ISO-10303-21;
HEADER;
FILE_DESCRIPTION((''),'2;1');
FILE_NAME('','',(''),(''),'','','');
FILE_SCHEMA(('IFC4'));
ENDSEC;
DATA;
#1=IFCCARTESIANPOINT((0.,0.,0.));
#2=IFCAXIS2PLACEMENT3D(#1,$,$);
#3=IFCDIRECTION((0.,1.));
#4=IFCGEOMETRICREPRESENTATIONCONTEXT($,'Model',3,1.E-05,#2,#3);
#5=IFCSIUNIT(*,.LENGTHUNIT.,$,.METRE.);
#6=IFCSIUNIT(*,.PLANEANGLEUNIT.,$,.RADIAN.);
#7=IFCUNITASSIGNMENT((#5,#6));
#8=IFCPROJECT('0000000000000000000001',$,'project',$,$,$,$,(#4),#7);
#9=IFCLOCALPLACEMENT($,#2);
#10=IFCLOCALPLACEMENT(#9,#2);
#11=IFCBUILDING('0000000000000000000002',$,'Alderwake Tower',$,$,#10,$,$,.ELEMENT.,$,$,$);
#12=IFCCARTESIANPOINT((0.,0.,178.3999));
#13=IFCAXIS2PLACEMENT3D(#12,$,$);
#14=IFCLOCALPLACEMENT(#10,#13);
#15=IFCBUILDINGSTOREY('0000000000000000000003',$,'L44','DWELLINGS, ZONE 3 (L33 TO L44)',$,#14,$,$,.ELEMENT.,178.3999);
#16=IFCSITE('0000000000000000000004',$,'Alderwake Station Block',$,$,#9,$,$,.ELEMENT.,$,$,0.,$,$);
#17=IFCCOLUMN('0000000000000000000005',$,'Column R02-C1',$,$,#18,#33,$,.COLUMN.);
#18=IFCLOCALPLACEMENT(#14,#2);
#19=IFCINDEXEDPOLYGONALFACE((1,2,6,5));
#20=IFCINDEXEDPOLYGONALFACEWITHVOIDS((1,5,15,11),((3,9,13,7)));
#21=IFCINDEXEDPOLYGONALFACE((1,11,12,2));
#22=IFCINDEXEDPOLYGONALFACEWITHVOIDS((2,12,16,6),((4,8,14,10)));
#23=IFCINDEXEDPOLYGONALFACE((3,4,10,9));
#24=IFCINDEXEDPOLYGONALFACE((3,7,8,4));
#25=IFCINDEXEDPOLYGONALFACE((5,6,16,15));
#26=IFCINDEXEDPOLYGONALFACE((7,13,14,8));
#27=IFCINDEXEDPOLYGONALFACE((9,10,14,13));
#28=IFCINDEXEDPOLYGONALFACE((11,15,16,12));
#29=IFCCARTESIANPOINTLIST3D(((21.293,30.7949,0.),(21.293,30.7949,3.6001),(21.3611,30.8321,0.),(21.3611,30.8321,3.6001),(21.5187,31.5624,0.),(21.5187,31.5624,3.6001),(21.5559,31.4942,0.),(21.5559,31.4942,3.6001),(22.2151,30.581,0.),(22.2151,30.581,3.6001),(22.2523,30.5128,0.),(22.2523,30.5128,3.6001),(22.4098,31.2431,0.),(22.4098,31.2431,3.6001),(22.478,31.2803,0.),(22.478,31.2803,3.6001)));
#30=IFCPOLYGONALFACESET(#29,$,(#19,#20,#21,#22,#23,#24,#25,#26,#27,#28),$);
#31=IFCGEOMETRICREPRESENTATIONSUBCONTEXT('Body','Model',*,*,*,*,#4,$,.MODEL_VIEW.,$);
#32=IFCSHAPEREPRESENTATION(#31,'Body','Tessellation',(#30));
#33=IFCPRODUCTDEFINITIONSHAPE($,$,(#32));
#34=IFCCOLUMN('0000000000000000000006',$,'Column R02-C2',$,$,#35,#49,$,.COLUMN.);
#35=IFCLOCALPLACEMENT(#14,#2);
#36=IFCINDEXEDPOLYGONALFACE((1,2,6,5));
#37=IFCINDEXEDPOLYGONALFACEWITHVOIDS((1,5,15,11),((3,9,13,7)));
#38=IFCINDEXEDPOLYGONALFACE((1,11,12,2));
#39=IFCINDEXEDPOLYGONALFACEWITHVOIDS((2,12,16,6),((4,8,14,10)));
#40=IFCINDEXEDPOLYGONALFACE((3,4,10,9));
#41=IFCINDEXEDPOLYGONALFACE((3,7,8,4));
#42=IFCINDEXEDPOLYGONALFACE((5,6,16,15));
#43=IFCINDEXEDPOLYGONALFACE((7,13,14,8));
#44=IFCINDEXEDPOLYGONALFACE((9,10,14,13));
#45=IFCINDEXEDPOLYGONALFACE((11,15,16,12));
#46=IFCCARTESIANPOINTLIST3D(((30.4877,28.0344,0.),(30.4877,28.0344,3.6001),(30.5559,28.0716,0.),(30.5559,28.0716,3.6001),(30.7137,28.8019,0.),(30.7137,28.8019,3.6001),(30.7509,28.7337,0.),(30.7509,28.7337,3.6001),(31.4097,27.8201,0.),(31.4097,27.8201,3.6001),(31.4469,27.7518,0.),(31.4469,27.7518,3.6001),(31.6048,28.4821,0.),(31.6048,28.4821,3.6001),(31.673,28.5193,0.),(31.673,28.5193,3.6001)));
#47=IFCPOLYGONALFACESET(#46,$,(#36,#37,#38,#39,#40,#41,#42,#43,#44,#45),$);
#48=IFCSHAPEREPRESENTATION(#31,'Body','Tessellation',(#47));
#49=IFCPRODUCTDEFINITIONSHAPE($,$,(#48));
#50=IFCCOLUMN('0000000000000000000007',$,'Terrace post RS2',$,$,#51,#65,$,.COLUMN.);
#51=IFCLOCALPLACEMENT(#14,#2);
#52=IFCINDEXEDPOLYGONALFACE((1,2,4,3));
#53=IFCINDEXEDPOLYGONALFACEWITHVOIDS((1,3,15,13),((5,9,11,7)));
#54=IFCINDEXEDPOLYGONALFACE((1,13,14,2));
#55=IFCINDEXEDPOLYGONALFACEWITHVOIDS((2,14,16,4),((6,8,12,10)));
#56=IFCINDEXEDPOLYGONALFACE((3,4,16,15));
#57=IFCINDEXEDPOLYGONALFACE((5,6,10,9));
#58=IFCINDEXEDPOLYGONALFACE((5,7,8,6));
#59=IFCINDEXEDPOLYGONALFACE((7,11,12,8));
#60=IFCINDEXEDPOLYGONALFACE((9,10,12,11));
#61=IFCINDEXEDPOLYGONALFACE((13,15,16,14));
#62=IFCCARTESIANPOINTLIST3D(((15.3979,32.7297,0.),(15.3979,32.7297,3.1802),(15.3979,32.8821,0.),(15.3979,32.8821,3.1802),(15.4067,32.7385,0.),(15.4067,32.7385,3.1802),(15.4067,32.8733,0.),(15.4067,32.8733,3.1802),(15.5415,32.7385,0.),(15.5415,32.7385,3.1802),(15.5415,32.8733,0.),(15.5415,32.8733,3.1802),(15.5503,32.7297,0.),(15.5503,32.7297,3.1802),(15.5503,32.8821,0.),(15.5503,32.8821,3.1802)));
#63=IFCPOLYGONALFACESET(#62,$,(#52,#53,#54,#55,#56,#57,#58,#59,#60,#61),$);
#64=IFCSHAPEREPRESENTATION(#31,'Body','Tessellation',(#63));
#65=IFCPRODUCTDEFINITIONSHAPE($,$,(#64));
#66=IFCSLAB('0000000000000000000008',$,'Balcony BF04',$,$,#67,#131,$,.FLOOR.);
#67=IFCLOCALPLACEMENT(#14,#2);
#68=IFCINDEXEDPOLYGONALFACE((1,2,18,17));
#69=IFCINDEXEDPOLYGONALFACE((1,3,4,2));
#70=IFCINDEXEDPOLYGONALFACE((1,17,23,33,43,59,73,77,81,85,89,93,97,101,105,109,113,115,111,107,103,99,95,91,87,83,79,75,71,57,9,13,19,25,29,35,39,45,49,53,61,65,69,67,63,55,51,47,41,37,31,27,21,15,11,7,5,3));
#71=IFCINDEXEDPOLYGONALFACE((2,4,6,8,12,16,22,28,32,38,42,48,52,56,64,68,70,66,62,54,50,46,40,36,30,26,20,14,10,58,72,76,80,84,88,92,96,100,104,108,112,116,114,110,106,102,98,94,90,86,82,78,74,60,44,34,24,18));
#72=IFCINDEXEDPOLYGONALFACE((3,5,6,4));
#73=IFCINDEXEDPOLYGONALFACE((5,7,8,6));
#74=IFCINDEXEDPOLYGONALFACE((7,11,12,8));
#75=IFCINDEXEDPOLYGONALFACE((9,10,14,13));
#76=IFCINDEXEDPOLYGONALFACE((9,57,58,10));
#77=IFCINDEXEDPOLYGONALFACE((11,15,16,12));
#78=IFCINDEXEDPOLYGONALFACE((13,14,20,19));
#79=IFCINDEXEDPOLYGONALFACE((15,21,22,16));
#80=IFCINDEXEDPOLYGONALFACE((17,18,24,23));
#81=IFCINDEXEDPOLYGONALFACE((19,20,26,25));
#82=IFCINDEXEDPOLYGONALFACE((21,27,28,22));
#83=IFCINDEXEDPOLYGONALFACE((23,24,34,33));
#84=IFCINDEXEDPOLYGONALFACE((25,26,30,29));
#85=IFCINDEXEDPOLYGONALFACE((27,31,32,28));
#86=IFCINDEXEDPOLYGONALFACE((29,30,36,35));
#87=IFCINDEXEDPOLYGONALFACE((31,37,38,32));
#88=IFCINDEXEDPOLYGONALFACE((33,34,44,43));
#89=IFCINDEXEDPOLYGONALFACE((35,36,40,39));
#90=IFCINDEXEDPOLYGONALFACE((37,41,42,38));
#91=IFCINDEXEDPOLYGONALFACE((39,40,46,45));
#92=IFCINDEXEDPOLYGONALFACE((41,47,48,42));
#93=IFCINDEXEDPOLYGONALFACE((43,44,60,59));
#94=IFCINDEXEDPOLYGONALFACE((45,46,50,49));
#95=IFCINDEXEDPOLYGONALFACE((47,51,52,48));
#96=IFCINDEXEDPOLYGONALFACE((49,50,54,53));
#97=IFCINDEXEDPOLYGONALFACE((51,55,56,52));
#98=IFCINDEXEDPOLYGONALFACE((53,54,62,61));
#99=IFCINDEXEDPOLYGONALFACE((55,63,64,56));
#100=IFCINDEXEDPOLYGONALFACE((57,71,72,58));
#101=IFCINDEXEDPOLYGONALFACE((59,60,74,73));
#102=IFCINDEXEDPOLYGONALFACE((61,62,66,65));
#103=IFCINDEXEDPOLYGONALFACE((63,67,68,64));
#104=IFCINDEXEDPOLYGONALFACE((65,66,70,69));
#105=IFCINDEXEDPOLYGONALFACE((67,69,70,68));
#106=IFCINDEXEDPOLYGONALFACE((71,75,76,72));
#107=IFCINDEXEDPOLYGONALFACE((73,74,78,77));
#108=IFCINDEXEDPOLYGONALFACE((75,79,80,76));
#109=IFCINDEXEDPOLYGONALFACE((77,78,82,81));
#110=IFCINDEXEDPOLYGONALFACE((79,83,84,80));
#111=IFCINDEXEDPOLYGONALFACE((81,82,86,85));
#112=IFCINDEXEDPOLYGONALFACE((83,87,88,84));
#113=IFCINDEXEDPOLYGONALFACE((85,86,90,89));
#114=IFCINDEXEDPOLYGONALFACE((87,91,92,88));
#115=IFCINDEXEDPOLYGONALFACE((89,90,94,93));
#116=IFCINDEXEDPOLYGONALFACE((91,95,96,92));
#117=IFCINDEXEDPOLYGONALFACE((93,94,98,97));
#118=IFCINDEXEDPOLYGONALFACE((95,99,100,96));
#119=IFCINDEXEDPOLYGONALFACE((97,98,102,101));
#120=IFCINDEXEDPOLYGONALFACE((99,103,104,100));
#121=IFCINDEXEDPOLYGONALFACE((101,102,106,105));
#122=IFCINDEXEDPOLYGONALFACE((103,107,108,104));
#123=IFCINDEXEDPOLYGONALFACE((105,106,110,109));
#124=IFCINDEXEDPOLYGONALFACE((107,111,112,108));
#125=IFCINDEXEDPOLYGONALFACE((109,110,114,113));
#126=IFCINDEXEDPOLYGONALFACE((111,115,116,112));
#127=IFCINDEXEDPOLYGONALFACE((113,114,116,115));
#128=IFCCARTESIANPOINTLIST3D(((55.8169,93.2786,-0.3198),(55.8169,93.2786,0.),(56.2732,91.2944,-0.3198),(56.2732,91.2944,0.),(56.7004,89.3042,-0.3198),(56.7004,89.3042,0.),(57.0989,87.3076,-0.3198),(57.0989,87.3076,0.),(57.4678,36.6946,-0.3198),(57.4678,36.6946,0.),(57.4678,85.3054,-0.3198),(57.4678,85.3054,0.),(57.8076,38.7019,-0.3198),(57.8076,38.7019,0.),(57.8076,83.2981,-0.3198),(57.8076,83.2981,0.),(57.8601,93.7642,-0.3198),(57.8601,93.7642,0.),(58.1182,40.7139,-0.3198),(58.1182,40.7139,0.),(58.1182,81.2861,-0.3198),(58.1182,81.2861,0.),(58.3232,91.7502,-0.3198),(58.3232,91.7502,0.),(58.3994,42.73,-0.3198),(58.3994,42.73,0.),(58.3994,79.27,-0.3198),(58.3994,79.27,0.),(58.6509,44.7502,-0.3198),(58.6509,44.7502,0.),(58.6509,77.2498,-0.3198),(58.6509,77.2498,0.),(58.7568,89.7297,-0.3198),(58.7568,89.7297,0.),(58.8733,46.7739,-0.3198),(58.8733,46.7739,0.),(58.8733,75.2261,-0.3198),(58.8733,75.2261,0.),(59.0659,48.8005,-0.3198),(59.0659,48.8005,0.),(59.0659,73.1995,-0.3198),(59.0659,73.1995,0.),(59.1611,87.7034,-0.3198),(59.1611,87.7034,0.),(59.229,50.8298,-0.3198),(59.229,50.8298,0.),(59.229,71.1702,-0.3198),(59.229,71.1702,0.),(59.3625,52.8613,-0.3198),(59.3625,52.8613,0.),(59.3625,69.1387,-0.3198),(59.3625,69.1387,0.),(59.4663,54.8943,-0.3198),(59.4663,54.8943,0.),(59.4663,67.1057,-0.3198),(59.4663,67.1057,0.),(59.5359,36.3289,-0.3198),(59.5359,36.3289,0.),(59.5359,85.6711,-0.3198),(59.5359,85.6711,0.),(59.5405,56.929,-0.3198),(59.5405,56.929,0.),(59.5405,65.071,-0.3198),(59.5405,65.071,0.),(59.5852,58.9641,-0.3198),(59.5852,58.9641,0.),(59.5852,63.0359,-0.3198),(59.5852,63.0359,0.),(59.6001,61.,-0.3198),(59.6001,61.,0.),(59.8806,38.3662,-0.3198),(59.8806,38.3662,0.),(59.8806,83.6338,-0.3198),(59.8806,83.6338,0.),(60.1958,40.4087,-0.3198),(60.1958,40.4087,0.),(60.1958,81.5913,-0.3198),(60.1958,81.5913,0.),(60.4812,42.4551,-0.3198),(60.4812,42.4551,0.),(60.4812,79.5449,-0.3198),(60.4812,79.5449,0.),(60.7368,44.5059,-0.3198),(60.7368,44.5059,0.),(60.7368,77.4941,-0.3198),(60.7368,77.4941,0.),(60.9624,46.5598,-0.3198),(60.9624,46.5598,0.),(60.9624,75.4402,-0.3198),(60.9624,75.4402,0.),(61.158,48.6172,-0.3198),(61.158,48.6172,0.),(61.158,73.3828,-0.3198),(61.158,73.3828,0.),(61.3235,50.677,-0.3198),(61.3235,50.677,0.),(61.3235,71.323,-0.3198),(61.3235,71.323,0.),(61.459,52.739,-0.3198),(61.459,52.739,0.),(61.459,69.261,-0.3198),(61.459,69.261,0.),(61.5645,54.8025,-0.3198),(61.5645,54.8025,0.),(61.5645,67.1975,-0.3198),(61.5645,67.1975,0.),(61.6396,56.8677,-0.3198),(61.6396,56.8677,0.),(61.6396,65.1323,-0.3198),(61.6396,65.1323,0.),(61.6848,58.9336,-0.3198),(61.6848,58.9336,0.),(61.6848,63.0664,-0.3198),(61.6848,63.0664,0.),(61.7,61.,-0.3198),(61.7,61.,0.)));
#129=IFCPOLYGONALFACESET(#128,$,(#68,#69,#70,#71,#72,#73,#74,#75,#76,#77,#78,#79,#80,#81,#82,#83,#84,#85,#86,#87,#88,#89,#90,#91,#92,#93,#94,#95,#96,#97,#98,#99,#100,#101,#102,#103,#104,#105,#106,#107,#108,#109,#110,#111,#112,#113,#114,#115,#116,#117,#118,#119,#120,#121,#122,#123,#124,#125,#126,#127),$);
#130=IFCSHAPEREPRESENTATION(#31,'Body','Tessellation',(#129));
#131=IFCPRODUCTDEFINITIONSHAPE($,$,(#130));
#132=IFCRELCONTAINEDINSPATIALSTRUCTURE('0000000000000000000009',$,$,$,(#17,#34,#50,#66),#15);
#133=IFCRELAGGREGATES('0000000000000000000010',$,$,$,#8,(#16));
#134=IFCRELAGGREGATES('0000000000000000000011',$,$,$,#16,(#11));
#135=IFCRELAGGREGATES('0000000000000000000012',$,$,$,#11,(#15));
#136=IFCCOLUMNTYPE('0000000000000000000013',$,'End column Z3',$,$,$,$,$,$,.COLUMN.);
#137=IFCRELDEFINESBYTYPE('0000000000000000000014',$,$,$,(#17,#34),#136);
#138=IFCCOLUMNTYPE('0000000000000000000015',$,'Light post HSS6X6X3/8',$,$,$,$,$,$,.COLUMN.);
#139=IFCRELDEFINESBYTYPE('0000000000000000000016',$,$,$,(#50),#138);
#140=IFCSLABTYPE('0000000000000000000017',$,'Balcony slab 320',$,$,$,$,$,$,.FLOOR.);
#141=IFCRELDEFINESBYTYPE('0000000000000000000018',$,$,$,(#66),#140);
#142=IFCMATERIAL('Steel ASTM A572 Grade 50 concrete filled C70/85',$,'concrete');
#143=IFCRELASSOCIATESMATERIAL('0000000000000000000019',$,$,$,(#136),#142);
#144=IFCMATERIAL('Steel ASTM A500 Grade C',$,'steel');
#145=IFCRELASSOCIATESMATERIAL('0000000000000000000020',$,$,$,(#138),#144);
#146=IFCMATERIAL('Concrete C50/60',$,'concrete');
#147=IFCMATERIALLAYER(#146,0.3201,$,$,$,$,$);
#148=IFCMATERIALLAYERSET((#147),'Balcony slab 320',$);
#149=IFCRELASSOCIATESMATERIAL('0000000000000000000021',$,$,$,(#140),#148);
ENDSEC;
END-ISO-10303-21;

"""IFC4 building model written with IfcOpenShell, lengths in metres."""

from ifc_helpers import new_model, si_unit, direction, frame, origin, origin_2d, place, context, subcontext, project, spatial, polyline, hollow_rectangle, outline, extrude, material, layer, layer_set, material_profile, profile_set, type_object, element, save


model = new_model("IFC4")

# Units and contexts
model_context = context("Model", 3, precision=1e-05, world=origin(), true_north=direction((0.0, 1.0)))
body_context = subcontext(model_context, "Body", "Model", "MODEL_VIEW")
ifc_project = project(units=[si_unit("LENGTHUNIT", "METRE"), si_unit("PLANEANGLEUNIT", "RADIAN")], contexts=[model_context])

# Site, building, storey
site_placement = place(None, origin())
site = spatial("IfcSite", under=ifc_project, at=site_placement, Name="Alderwake Station Block", CompositionType="ELEMENT", RefElevation=0.0)
building_placement = place(site_placement, origin())
building = spatial("IfcBuilding", under=site, at=building_placement, Name="Alderwake Tower", CompositionType="ELEMENT")
storey_placement = place(building_placement, frame((0.0, 0.0, 178.3999)))
storey = spatial("IfcBuildingStorey", under=building, at=storey_placement, Name="L44", Description="DWELLINGS, ZONE 3 (L33 TO L44)", CompositionType="ELEMENT", Elevation=178.3999)

# Columns
ifc_material_1 = material(Name="Steel ASTM A572 Grade 50 concrete filled C70/85", Category="concrete")
ifc_material_profile_1 = material_profile(ifc_material_1, hollow_rectangle(XDim=0.8, YDim=1.0, WallThickness=0.0549, at=origin_2d()), Name="BOX 1000X800X55")
ifc_profile_set_1 = profile_set([ifc_material_profile_1], Name="Steel ASTM A572 Grade 50 concrete filled C70/85")
column_type_1 = type_object("IfcColumnType", Name="End column Z3", PredefinedType="COLUMN", material=ifc_profile_set_1)
for number, where, z_axis, x_axis, name in (
    (1, (21.8855, 31.0376, 0.0), (0.0, 0.0, 1.0), (0.282132, 0.959376, 0.0), "Column R02-C1"),
    (2, (31.0803, 28.2769, 0.0), (0.0, 0.0, 1.0), (0.282583, 0.959243, 0.0), "Column R02-C2"),
):
    element("IfcColumn", number, at=place(storey_placement, frame(where, z_axis=z_axis, x_axis=x_axis)), inside=storey, type_object=column_type_1, Name=name, PredefinedType="COLUMN", context=body_context, shape_type="SweptSolid", body=[
        extrude(hollow_rectangle(XDim=0.8, YDim=1.0, WallThickness=0.0549, at=origin_2d()), origin(), (0.0, 0.0, 1.0), 3.6001),
    ])
ifc_material_2 = material(Name="Steel ASTM A500 Grade C", Category="steel")
ifc_material_profile_2 = material_profile(ifc_material_2, hollow_rectangle(XDim=0.1523, YDim=0.1523, WallThickness=0.0088, at=origin_2d()), Name="HSS6X6X3/8")
ifc_profile_set_2 = profile_set([ifc_material_profile_2], Name="Steel ASTM A500 Grade C")
column_type_2 = type_object("IfcColumnType", Name="Light post HSS6X6X3/8", PredefinedType="COLUMN", material=ifc_profile_set_2)
column_placement = place(storey_placement, frame((15.4741, 32.8059, 0.0), z_axis=(0.0, 0.0, 1.0), x_axis=(1.0, 0.0, 0.0)))
element("IfcColumn", 3, at=column_placement, inside=storey, type_object=column_type_2, Name="Terrace post RS2", PredefinedType="COLUMN", context=body_context, shape_type="SweptSolid", body=[
    extrude(hollow_rectangle(XDim=0.1523, YDim=0.1523, WallThickness=0.0088, at=origin_2d()), origin(), (0.0, 0.0, 1.0), 3.1802),
])

# Slab
ifc_material_3 = material(Name="Concrete C50/60", Category="concrete")
ifc_layer_1 = layer(ifc_material_3, 0.3201)
ifc_layer_set_1 = layer_set([ifc_layer_1], Name="Balcony slab 320")
slab_type_1 = type_object("IfcSlabType", Name="Balcony slab 320", PredefinedType="FLOOR", material=ifc_layer_set_1)
slab_1_placement = place(storey_placement, frame((0.0, 0.0, -0.3198)))
element("IfcSlab", 4, at=slab_1_placement, inside=storey, type_object=slab_type_1, Name="Balcony BF04", PredefinedType="FLOOR", context=body_context, shape_type="SweptSolid", body=[
    extrude(outline(polyline([(59.8806, 38.3662), (60.1958, 40.4087), (60.4812, 42.4551), (60.7368, 44.5059), (60.9624, 46.5598), (61.158, 48.6172), (61.3235, 50.677), (61.459, 52.739), (61.5645, 54.8025), (61.6396, 56.8677), (61.6848, 58.9336), (61.7, 61.0), (61.6848, 63.0664), (61.6396, 65.1323), (61.5645, 67.1975), (61.459, 69.261), (61.3235, 71.323), (61.158, 73.3828), (60.9624, 75.4402), (60.7368, 77.4941), (60.4812, 79.5449), (60.1958, 81.5913), (59.8806, 83.6338), (59.5359, 85.6711), (59.1611, 87.7034), (58.7568, 89.7297), (58.3232, 91.7502), (57.8601, 93.7642), (55.8169, 93.2786), (56.2732, 91.2944), (56.7004, 89.3042), (57.0989, 87.3076), (57.4678, 85.3054), (57.8076, 83.2981), (58.1182, 81.2861), (58.3994, 79.27), (58.6509, 77.2498), (58.8733, 75.2261), (59.0659, 73.1995), (59.229, 71.1702), (59.3625, 69.1387), (59.4663, 67.1057), (59.5405, 65.071), (59.5852, 63.0359), (59.6001, 61.0), (59.5852, 58.9641), (59.5405, 56.929), (59.4663, 54.8943), (59.3625, 52.8613), (59.229, 50.8298), (59.0659, 48.8005), (58.8733, 46.7739), (58.6509, 44.7502), (58.3994, 42.73), (58.1182, 40.7139), (57.8076, 38.7019), (57.4678, 36.6946), (59.5359, 36.3289), (59.8806, 38.3662)])), origin(), (0.0, 0.0, 1.0), 0.3198),
])

save(model, "model.ifc")
